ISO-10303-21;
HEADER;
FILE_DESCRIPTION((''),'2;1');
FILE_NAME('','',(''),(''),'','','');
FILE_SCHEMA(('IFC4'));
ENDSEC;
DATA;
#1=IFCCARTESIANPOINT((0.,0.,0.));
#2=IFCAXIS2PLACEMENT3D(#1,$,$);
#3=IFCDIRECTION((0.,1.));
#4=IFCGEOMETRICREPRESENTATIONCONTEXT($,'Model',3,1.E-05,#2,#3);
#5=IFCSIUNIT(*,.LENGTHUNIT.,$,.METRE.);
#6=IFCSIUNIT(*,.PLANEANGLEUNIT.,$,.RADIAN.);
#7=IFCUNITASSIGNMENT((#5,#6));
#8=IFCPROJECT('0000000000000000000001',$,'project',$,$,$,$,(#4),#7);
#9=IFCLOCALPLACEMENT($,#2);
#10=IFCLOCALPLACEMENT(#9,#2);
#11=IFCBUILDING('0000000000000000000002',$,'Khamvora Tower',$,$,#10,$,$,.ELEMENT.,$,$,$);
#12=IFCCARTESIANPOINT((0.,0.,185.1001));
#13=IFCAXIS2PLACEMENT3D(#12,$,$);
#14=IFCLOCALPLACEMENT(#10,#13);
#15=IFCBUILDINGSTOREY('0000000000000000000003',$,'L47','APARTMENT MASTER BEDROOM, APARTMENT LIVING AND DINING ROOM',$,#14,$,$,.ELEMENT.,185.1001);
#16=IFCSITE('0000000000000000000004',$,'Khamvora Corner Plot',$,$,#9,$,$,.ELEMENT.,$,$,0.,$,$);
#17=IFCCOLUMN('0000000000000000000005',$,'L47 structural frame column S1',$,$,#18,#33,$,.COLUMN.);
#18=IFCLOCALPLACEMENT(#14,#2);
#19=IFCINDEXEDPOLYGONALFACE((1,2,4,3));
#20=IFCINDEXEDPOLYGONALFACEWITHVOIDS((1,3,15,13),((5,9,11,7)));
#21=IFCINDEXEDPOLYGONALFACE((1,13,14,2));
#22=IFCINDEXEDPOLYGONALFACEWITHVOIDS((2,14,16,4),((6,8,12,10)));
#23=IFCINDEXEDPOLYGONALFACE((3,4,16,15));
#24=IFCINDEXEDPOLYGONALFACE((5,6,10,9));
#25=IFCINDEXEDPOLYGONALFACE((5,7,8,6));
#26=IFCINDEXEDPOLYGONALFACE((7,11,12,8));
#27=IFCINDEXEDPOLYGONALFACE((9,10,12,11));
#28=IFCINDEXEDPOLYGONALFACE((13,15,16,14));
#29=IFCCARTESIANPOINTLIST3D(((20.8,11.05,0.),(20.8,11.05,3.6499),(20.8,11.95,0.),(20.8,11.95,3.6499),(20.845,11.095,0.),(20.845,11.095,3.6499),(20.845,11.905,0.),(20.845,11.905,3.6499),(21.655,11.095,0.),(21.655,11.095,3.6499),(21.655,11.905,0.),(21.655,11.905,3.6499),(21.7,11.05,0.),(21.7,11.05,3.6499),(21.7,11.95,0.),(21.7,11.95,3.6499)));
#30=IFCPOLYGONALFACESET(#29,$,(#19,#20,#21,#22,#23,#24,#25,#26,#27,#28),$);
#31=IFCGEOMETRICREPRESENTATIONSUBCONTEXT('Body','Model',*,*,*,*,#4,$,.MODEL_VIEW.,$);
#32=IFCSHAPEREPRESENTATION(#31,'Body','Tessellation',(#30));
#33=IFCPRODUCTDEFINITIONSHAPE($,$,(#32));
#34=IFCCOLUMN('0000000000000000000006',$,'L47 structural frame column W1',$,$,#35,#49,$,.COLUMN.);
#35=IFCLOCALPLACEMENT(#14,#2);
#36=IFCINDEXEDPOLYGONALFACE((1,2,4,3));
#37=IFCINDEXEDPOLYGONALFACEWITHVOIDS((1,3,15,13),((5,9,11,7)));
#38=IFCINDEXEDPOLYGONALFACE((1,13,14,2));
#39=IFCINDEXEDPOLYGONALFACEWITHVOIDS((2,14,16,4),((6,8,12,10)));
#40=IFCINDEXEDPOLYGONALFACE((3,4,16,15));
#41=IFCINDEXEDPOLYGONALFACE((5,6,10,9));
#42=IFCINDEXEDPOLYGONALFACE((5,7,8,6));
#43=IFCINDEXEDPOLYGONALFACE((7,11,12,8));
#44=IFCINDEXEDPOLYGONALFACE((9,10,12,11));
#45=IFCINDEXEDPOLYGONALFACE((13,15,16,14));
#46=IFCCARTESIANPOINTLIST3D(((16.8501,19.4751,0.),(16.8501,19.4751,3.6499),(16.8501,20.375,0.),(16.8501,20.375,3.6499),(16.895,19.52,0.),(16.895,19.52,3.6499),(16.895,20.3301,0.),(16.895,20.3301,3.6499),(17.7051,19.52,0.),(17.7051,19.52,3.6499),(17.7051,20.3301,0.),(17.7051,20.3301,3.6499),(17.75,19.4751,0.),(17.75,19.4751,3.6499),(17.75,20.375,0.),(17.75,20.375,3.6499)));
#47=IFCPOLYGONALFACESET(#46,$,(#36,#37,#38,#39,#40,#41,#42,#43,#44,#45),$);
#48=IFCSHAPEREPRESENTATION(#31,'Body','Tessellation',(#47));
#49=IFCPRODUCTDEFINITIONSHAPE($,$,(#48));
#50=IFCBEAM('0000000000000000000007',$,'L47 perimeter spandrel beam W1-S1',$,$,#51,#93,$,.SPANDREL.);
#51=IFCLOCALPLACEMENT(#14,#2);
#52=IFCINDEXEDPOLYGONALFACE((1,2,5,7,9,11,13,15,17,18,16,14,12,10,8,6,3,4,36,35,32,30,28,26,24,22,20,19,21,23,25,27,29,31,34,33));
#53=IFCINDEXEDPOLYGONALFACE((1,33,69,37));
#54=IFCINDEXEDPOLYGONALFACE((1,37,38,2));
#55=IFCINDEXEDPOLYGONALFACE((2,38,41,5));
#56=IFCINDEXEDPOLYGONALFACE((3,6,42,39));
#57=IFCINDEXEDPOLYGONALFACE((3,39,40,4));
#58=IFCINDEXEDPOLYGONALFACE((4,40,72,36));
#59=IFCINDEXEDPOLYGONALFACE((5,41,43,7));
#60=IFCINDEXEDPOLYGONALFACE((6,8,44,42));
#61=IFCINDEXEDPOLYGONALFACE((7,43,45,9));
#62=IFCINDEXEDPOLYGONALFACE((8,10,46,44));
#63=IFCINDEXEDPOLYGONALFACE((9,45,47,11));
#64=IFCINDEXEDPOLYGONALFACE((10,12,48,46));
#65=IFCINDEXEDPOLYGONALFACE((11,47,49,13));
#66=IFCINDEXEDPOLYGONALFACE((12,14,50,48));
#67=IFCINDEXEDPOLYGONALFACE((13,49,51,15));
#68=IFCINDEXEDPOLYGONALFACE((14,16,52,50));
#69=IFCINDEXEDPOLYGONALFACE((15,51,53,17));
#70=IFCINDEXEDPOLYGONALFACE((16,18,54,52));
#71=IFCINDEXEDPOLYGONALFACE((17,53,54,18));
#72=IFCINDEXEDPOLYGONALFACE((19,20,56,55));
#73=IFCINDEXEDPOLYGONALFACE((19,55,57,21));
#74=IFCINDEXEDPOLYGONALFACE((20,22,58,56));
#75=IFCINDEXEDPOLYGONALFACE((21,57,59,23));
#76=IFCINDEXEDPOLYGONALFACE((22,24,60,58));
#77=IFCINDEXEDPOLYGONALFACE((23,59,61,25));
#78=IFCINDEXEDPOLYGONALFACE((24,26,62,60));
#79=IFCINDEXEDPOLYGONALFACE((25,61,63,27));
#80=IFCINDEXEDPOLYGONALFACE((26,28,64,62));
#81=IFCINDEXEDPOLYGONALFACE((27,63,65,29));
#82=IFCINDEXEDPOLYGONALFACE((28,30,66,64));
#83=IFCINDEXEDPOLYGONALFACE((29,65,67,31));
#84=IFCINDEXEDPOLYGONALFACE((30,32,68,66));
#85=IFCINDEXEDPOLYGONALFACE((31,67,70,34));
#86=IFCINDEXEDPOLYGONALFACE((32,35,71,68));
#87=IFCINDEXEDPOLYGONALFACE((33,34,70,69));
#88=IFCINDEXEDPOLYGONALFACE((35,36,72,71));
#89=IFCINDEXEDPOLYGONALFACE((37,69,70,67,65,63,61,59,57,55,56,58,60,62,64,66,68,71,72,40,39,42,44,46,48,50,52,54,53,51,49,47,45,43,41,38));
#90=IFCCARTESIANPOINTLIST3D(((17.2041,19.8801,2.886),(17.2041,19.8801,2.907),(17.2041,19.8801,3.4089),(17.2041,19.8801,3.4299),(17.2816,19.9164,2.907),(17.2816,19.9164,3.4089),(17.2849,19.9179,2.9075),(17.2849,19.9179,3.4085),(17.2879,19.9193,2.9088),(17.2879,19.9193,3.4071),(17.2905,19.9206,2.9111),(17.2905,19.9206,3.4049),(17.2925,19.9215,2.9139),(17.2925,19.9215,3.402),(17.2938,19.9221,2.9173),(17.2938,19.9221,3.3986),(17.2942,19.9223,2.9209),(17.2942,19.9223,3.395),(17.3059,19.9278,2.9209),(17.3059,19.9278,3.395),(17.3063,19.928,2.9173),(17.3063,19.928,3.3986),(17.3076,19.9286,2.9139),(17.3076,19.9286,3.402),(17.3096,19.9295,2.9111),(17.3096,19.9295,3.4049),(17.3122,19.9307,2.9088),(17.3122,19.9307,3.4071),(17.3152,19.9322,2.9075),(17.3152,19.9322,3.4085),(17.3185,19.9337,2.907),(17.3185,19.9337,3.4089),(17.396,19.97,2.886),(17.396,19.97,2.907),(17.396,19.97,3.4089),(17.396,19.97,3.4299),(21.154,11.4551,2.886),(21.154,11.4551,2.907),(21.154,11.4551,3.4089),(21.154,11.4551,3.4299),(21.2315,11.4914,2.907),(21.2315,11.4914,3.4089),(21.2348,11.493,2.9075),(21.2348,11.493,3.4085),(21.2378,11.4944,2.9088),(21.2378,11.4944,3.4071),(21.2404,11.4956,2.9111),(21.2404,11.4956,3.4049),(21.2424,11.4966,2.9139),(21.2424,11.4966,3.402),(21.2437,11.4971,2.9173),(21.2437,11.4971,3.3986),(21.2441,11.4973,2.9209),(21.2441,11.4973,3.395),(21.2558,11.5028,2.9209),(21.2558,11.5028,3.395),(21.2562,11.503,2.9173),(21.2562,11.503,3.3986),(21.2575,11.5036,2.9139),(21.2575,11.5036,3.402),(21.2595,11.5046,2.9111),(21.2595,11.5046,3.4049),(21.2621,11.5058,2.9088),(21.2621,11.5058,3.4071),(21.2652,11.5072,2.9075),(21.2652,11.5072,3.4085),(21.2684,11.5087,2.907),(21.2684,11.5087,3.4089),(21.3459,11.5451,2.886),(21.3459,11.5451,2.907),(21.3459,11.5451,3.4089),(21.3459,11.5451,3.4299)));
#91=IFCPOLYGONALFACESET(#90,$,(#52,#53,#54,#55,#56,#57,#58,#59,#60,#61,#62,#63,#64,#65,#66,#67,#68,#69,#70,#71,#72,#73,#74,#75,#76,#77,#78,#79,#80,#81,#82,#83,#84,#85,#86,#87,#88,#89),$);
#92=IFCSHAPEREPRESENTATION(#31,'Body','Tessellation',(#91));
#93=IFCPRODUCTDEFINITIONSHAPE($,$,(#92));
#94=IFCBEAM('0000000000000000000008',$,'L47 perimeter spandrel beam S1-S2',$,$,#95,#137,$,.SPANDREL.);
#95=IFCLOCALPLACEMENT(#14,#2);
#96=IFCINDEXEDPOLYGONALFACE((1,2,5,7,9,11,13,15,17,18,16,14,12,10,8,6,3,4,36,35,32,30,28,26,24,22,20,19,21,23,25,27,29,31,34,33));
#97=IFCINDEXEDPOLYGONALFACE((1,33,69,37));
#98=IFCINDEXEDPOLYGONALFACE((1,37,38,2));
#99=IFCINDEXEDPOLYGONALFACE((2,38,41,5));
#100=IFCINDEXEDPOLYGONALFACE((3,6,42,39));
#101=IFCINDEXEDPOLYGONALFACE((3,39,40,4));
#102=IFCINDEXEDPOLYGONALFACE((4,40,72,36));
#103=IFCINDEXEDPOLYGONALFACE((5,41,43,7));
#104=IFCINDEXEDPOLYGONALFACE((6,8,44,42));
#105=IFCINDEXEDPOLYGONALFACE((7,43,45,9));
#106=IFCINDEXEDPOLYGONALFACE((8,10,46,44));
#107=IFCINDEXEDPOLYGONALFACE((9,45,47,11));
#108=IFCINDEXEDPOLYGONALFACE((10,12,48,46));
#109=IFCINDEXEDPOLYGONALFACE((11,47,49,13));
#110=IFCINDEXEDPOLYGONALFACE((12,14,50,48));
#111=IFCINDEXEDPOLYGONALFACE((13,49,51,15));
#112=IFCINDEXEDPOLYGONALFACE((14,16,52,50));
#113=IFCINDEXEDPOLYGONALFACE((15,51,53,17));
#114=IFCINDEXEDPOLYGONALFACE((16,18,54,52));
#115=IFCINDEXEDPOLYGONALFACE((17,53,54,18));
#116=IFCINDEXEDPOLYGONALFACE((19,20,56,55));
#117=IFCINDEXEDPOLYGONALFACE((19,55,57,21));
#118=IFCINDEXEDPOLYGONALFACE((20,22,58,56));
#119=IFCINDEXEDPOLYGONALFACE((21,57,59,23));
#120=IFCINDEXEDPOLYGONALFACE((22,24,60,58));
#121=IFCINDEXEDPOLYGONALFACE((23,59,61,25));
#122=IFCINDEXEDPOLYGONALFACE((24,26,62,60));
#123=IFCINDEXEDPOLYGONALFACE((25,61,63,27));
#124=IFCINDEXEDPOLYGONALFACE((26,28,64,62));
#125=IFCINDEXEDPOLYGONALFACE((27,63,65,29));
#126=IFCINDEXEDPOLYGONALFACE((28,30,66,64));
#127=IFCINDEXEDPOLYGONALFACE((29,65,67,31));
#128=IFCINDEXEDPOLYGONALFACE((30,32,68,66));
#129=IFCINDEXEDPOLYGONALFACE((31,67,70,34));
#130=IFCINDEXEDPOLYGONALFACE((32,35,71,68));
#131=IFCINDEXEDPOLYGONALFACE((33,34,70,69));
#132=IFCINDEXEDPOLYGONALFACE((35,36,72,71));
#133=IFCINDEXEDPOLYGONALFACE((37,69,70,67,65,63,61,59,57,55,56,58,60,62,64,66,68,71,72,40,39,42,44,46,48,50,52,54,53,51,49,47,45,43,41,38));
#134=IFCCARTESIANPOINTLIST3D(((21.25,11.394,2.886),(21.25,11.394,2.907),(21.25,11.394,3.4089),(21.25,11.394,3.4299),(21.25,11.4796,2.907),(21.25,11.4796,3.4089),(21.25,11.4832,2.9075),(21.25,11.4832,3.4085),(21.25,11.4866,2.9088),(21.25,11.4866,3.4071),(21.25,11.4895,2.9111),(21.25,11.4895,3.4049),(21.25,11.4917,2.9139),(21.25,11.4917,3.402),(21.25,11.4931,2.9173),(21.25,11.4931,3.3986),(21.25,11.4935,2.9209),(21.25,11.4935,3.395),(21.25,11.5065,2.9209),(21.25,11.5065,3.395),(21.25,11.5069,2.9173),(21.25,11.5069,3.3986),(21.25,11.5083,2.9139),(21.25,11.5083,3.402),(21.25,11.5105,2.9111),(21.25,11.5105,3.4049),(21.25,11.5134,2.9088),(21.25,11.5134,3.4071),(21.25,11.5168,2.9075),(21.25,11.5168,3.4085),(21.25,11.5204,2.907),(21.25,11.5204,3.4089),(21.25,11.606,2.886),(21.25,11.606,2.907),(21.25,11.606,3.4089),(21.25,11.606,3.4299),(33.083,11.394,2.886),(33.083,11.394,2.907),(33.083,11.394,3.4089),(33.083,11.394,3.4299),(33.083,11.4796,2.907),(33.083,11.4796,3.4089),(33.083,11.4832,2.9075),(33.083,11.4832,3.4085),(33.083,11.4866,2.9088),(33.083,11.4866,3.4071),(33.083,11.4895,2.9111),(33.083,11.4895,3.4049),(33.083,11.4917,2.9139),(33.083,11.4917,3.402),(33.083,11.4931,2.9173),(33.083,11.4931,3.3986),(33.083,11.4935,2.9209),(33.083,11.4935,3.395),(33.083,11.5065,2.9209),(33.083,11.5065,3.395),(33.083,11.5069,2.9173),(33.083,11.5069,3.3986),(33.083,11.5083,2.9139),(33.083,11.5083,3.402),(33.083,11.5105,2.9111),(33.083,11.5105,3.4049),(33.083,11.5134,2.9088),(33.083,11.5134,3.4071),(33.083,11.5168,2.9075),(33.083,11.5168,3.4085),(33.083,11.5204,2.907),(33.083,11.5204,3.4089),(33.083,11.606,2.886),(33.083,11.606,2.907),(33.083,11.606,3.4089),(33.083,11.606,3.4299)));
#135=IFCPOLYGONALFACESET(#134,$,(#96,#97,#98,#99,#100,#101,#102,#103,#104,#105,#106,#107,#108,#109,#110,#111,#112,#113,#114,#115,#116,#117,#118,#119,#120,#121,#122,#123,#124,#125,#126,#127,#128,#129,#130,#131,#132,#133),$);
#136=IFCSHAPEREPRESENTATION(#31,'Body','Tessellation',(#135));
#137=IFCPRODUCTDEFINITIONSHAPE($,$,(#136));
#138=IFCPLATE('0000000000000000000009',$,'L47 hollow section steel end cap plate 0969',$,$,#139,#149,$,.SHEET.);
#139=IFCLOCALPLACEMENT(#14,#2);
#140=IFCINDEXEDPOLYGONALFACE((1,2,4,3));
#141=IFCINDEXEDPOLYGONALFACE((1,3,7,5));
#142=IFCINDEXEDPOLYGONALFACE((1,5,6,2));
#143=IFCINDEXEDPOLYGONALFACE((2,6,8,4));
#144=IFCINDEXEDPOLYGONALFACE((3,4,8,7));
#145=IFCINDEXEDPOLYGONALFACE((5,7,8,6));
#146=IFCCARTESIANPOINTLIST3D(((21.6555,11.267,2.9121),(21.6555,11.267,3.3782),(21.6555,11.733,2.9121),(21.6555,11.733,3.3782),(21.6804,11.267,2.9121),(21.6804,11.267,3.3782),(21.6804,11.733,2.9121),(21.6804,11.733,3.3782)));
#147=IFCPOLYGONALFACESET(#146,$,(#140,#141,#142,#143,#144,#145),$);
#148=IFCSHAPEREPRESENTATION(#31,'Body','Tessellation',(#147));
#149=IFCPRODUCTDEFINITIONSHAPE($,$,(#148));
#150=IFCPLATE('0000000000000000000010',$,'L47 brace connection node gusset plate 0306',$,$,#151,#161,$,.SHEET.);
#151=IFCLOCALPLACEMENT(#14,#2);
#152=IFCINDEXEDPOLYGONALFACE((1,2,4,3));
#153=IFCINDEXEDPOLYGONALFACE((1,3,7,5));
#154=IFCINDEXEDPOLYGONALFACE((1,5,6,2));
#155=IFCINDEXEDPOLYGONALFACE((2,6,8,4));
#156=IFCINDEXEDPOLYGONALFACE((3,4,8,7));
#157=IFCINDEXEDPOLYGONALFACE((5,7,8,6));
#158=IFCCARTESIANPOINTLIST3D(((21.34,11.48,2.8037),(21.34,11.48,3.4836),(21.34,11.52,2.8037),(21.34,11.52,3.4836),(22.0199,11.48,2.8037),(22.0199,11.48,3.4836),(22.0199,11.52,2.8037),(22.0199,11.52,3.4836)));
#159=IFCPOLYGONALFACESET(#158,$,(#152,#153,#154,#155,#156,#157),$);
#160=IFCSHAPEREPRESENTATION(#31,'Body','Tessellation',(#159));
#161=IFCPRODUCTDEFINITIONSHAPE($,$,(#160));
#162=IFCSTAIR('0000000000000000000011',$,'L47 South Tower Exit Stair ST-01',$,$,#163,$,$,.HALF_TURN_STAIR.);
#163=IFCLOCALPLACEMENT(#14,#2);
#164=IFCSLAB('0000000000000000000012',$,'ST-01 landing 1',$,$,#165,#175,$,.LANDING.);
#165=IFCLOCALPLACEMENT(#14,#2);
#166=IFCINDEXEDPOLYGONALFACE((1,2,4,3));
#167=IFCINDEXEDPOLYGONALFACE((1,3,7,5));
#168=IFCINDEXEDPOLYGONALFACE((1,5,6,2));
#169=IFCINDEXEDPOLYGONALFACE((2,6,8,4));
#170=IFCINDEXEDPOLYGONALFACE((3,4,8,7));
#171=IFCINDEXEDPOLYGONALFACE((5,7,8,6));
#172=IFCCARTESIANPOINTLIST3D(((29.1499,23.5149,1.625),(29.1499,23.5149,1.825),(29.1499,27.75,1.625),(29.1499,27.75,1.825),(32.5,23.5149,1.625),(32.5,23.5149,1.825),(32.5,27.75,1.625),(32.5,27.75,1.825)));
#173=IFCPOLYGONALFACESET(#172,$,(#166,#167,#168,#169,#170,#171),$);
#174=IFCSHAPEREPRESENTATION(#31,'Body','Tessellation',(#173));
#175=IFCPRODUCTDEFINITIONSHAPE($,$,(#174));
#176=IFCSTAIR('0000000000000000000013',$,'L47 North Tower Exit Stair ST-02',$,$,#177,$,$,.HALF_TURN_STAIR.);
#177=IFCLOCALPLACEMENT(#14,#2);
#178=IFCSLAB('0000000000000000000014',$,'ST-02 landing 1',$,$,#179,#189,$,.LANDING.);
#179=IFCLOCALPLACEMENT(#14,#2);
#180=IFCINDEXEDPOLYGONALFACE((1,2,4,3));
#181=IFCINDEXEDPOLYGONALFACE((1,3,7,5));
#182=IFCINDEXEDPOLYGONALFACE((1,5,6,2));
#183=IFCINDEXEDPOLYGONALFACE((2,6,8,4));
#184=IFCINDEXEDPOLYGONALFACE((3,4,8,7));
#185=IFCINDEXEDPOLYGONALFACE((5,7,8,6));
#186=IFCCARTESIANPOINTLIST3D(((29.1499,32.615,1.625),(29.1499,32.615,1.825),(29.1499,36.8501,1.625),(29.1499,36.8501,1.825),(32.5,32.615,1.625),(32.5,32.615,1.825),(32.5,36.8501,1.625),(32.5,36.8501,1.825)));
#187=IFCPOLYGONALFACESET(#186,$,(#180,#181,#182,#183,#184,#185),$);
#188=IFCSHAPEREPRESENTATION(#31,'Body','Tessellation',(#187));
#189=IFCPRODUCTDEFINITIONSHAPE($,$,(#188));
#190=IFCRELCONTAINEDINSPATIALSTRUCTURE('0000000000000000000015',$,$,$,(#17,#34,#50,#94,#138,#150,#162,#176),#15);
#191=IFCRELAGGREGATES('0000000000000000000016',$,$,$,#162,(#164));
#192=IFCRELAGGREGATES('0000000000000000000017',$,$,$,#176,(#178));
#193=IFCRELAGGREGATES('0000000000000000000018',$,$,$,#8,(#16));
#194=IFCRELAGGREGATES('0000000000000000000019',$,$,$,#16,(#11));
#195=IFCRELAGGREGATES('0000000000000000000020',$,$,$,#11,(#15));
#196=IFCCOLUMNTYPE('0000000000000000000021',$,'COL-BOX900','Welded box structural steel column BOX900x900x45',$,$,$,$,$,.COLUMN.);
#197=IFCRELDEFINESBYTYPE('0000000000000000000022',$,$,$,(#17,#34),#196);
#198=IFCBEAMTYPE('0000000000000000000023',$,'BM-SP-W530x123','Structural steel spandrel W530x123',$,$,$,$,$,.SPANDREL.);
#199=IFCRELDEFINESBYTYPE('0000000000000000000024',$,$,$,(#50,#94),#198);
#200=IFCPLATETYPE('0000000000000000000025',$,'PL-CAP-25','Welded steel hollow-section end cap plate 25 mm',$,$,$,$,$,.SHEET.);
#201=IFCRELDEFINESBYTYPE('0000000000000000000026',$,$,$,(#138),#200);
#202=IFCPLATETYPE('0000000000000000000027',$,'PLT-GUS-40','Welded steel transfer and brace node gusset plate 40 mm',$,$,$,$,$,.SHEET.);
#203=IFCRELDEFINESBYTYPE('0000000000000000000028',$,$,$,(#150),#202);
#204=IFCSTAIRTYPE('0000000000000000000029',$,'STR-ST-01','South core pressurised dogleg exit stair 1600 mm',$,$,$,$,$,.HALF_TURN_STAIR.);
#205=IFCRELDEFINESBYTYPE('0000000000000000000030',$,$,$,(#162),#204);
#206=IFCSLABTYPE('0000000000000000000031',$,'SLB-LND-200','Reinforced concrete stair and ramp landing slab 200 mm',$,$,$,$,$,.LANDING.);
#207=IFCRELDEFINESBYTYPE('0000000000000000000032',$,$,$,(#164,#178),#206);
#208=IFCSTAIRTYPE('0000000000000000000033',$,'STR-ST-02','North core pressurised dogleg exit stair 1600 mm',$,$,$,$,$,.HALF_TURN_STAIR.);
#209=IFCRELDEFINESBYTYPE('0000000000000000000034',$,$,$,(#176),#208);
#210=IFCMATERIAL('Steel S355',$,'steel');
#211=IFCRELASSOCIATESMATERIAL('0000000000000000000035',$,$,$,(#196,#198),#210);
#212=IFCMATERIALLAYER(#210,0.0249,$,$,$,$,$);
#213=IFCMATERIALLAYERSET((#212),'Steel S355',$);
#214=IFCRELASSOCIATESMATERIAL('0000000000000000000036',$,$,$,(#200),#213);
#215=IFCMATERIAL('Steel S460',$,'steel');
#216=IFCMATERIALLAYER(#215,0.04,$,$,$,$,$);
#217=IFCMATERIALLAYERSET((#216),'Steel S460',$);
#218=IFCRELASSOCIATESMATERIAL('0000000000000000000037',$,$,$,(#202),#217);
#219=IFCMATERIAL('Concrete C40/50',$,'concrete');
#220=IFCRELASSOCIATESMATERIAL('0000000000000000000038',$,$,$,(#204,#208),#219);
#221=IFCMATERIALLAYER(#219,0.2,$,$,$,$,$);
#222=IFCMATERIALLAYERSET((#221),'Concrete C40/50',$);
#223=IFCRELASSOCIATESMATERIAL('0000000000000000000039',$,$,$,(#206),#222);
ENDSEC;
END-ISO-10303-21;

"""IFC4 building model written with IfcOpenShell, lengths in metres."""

from ifc_helpers import new_model, si_unit, direction, frame, origin, origin_2d, place, context, subcontext, project, spatial, polyline, rectangle, hollow_rectangle, i_section, outline, extrude, material, layer, layer_set, material_profile, profile_set, type_object, element, aggregate, save


model = new_model("IFC4")

# Units and contexts
model_context = context("Model", 3, precision=1e-05, world=origin(), true_north=direction((0.0, 1.0)))
body_context = subcontext(model_context, "Body", "Model", "MODEL_VIEW")
ifc_project = project(units=[si_unit("LENGTHUNIT", "METRE"), si_unit("PLANEANGLEUNIT", "RADIAN")], contexts=[model_context])

# Site, building, storey
site_placement = place(None, origin())
site = spatial("IfcSite", under=ifc_project, at=site_placement, Name="Khamvora Corner Plot", CompositionType="ELEMENT", RefElevation=0.0)
building_placement = place(site_placement, origin())
building = spatial("IfcBuilding", under=site, at=building_placement, Name="Khamvora Tower", CompositionType="ELEMENT")
storey_placement = place(building_placement, frame((0.0, 0.0, 185.1001)))
storey = spatial("IfcBuildingStorey", under=building, at=storey_placement, Name="L47", Description="APARTMENT MASTER BEDROOM, APARTMENT LIVING AND DINING ROOM", CompositionType="ELEMENT", Elevation=185.1001)

# Columns
ifc_material_1 = material(Name="Steel S355", Category="steel")
ifc_material_profile_1 = material_profile(ifc_material_1, hollow_rectangle(XDim=0.8999, YDim=0.8999, WallThickness=0.0449, at=origin_2d()), Name="BOX900x900x45")
ifc_profile_set_1 = profile_set([ifc_material_profile_1], Name="Steel S355")
column_type = type_object("IfcColumnType", Name="COL-BOX900", Description="Welded box structural steel column BOX900x900x45", PredefinedType="COLUMN", material=ifc_profile_set_1)
for number, where, z_axis, x_axis, name in (
    (1, (21.25, 11.5, 0.0), (0.0, 0.0, 1.0), (1.0, 0.0, 0.0), "L47 structural frame column S1"),
    (2, (17.3, 19.925, 0.0), (0.0, 0.0, 1.0), (1.0, 0.0, 0.0), "L47 structural frame column W1"),
):
    element("IfcColumn", number, at=place(storey_placement, frame(where, z_axis=z_axis, x_axis=x_axis)), inside=storey, type_object=column_type, Name=name, PredefinedType="COLUMN", context=body_context, shape_type="SweptSolid", body=[
        extrude(hollow_rectangle(XDim=0.8999, YDim=0.8999, WallThickness=0.0449, at=origin_2d()), origin(), (0.0, 0.0, 1.0), 3.6499),
    ])

# Beams
ifc_material_profile_2 = material_profile(ifc_material_1, i_section(OverallWidth=0.2119, OverallDepth=0.5439, WebThickness=0.0129, FlangeThickness=0.021, FilletRadius=0.0139, at=origin_2d()), Name="W530x123")
ifc_profile_set_2 = profile_set([ifc_material_profile_2], Name="Steel S355")
beam_type = type_object("IfcBeamType", Name="BM-SP-W530x123", Description="Structural steel spandrel W530x123", PredefinedType="SPANDREL", material=ifc_profile_set_2)
beam_1_placement = place(storey_placement, frame((17.3, 19.925, 3.158), z_axis=(0.424496, -0.90543, 0.0), x_axis=(0.90543, 0.424496, 0.0)))
element("IfcBeam", 3, at=beam_1_placement, inside=storey, type_object=beam_type, Name="L47 perimeter spandrel beam W1-S1", PredefinedType="SPANDREL", context=body_context, shape_type="SweptSolid", body=[
    extrude(i_section(OverallWidth=0.2119, OverallDepth=0.5439, WebThickness=0.0129, FlangeThickness=0.021, FilletRadius=0.0139, at=origin_2d()), origin(), (0.0, 0.0, 1.0), 9.3049),
])
beam_2_placement = place(storey_placement, frame((21.25, 11.5, 3.158), z_axis=(1.0, 0.0, 0.0), x_axis=(0.0, 1.0, 0.0)))
element("IfcBeam", 4, at=beam_2_placement, inside=storey, type_object=beam_type, Name="L47 perimeter spandrel beam S1-S2", PredefinedType="SPANDREL", context=body_context, shape_type="SweptSolid", body=[
    extrude(i_section(OverallWidth=0.2119, OverallDepth=0.5439, WebThickness=0.0129, FlangeThickness=0.021, FilletRadius=0.0139, at=origin_2d()), origin(), (0.0, 0.0, 1.0), 11.833),
])

# Plates
ifc_layer_1 = layer(ifc_material_1, 0.0249)
ifc_layer_set_1 = layer_set([ifc_layer_1], Name="Steel S355")
plate_type_1 = type_object("IfcPlateType", Name="PL-CAP-25", Description="Welded steel hollow-section end cap plate 25 mm", PredefinedType="SHEET", material=ifc_layer_set_1)
plate_1_placement = place(storey_placement, frame((21.668, 11.5, 2.9121), z_axis=(0.0, 0.0, 1.0), x_axis=(-1.0, 0.0, 0.0)))
element("IfcPlate", 5, at=plate_1_placement, inside=storey, type_object=plate_type_1, Name="L47 hollow section steel end cap plate 0969", PredefinedType="SHEET", context=body_context, shape_type="SweptSolid", body=[
    extrude(rectangle(XDim=0.0249, YDim=0.4661, at=origin_2d()), origin(), (0.0, 0.0, 1.0), 0.4661),
])
ifc_material_2 = material(Name="Steel S460", Category="steel")
ifc_layer_2 = layer(ifc_material_2, 0.04)
ifc_layer_set_2 = layer_set([ifc_layer_2], Name="Steel S460")
plate_type_2 = type_object("IfcPlateType", Name="PLT-GUS-40", Description="Welded steel transfer and brace node gusset plate 40 mm", PredefinedType="SHEET", material=ifc_layer_set_2)
plate_2_placement = place(storey_placement, frame((21.6799, 11.5, 2.8037), z_axis=(0.0, 0.0, 1.0), x_axis=(1.0, 0.0, 0.0)))
element("IfcPlate", 6, at=plate_2_placement, inside=storey, type_object=plate_type_2, Name="L47 brace connection node gusset plate 0306", PredefinedType="SHEET", context=body_context, shape_type="SweptSolid", body=[
    extrude(rectangle(XDim=0.6799, YDim=0.04, at=origin_2d()), origin(), (0.0, 0.0, 1.0), 0.6799),
])

# Stairs, slabs
ifc_material_3 = material(Name="Concrete C40/50", Category="concrete")
stair_type_1 = type_object("IfcStairType", Name="STR-ST-01", Description="South core pressurised dogleg exit stair 1600 mm", PredefinedType="HALF_TURN_STAIR", material=ifc_material_3)
stair_1_placement = place(storey_placement, origin())
stair_1 = element("IfcStair", 7, at=stair_1_placement, inside=storey, type_object=stair_type_1, Name="L47 South Tower Exit Stair ST-01", PredefinedType="HALF_TURN_STAIR")
ifc_layer_3 = layer(ifc_material_3, 0.2)
ifc_layer_set_3 = layer_set([ifc_layer_3], Name="Concrete C40/50")
slab_type_1 = type_object("IfcSlabType", Name="SLB-LND-200", Description="Reinforced concrete stair and ramp landing slab 200 mm", PredefinedType="LANDING", material=ifc_layer_set_3)
slab_1_placement = place(storey_placement, frame((0.0, 0.0, 1.625)))
slab_1 = element("IfcSlab", 8, at=slab_1_placement, type_object=slab_type_1, Name="ST-01 landing 1", PredefinedType="LANDING", context=body_context, shape_type="SweptSolid", body=[
    extrude(outline(polyline([(32.5, 23.5149), (32.5, 27.75), (29.1499, 27.75), (29.1499, 23.5149), (32.5, 23.5149)])), origin(), (0.0, 0.0, 1.0), 0.2),
])
aggregate(stair_1, [slab_1])
stair_type_2 = type_object("IfcStairType", Name="STR-ST-02", Description="North core pressurised dogleg exit stair 1600 mm", PredefinedType="HALF_TURN_STAIR", material=ifc_material_3)
stair_2_placement = place(storey_placement, origin())
stair_2 = element("IfcStair", 9, at=stair_2_placement, inside=storey, type_object=stair_type_2, Name="L47 North Tower Exit Stair ST-02", PredefinedType="HALF_TURN_STAIR")
slab_2_placement = place(storey_placement, frame((0.0, 0.0, 1.625)))
slab_2 = element("IfcSlab", 10, at=slab_2_placement, type_object=slab_type_1, Name="ST-02 landing 1", PredefinedType="LANDING", context=body_context, shape_type="SweptSolid", body=[
    extrude(outline(polyline([(32.5, 32.615), (32.5, 36.8501), (29.1499, 36.8501), (29.1499, 32.615), (32.5, 32.615)])), origin(), (0.0, 0.0, 1.0), 0.2),
])
aggregate(stair_2, [slab_2])

save(model, "model.ifc")
